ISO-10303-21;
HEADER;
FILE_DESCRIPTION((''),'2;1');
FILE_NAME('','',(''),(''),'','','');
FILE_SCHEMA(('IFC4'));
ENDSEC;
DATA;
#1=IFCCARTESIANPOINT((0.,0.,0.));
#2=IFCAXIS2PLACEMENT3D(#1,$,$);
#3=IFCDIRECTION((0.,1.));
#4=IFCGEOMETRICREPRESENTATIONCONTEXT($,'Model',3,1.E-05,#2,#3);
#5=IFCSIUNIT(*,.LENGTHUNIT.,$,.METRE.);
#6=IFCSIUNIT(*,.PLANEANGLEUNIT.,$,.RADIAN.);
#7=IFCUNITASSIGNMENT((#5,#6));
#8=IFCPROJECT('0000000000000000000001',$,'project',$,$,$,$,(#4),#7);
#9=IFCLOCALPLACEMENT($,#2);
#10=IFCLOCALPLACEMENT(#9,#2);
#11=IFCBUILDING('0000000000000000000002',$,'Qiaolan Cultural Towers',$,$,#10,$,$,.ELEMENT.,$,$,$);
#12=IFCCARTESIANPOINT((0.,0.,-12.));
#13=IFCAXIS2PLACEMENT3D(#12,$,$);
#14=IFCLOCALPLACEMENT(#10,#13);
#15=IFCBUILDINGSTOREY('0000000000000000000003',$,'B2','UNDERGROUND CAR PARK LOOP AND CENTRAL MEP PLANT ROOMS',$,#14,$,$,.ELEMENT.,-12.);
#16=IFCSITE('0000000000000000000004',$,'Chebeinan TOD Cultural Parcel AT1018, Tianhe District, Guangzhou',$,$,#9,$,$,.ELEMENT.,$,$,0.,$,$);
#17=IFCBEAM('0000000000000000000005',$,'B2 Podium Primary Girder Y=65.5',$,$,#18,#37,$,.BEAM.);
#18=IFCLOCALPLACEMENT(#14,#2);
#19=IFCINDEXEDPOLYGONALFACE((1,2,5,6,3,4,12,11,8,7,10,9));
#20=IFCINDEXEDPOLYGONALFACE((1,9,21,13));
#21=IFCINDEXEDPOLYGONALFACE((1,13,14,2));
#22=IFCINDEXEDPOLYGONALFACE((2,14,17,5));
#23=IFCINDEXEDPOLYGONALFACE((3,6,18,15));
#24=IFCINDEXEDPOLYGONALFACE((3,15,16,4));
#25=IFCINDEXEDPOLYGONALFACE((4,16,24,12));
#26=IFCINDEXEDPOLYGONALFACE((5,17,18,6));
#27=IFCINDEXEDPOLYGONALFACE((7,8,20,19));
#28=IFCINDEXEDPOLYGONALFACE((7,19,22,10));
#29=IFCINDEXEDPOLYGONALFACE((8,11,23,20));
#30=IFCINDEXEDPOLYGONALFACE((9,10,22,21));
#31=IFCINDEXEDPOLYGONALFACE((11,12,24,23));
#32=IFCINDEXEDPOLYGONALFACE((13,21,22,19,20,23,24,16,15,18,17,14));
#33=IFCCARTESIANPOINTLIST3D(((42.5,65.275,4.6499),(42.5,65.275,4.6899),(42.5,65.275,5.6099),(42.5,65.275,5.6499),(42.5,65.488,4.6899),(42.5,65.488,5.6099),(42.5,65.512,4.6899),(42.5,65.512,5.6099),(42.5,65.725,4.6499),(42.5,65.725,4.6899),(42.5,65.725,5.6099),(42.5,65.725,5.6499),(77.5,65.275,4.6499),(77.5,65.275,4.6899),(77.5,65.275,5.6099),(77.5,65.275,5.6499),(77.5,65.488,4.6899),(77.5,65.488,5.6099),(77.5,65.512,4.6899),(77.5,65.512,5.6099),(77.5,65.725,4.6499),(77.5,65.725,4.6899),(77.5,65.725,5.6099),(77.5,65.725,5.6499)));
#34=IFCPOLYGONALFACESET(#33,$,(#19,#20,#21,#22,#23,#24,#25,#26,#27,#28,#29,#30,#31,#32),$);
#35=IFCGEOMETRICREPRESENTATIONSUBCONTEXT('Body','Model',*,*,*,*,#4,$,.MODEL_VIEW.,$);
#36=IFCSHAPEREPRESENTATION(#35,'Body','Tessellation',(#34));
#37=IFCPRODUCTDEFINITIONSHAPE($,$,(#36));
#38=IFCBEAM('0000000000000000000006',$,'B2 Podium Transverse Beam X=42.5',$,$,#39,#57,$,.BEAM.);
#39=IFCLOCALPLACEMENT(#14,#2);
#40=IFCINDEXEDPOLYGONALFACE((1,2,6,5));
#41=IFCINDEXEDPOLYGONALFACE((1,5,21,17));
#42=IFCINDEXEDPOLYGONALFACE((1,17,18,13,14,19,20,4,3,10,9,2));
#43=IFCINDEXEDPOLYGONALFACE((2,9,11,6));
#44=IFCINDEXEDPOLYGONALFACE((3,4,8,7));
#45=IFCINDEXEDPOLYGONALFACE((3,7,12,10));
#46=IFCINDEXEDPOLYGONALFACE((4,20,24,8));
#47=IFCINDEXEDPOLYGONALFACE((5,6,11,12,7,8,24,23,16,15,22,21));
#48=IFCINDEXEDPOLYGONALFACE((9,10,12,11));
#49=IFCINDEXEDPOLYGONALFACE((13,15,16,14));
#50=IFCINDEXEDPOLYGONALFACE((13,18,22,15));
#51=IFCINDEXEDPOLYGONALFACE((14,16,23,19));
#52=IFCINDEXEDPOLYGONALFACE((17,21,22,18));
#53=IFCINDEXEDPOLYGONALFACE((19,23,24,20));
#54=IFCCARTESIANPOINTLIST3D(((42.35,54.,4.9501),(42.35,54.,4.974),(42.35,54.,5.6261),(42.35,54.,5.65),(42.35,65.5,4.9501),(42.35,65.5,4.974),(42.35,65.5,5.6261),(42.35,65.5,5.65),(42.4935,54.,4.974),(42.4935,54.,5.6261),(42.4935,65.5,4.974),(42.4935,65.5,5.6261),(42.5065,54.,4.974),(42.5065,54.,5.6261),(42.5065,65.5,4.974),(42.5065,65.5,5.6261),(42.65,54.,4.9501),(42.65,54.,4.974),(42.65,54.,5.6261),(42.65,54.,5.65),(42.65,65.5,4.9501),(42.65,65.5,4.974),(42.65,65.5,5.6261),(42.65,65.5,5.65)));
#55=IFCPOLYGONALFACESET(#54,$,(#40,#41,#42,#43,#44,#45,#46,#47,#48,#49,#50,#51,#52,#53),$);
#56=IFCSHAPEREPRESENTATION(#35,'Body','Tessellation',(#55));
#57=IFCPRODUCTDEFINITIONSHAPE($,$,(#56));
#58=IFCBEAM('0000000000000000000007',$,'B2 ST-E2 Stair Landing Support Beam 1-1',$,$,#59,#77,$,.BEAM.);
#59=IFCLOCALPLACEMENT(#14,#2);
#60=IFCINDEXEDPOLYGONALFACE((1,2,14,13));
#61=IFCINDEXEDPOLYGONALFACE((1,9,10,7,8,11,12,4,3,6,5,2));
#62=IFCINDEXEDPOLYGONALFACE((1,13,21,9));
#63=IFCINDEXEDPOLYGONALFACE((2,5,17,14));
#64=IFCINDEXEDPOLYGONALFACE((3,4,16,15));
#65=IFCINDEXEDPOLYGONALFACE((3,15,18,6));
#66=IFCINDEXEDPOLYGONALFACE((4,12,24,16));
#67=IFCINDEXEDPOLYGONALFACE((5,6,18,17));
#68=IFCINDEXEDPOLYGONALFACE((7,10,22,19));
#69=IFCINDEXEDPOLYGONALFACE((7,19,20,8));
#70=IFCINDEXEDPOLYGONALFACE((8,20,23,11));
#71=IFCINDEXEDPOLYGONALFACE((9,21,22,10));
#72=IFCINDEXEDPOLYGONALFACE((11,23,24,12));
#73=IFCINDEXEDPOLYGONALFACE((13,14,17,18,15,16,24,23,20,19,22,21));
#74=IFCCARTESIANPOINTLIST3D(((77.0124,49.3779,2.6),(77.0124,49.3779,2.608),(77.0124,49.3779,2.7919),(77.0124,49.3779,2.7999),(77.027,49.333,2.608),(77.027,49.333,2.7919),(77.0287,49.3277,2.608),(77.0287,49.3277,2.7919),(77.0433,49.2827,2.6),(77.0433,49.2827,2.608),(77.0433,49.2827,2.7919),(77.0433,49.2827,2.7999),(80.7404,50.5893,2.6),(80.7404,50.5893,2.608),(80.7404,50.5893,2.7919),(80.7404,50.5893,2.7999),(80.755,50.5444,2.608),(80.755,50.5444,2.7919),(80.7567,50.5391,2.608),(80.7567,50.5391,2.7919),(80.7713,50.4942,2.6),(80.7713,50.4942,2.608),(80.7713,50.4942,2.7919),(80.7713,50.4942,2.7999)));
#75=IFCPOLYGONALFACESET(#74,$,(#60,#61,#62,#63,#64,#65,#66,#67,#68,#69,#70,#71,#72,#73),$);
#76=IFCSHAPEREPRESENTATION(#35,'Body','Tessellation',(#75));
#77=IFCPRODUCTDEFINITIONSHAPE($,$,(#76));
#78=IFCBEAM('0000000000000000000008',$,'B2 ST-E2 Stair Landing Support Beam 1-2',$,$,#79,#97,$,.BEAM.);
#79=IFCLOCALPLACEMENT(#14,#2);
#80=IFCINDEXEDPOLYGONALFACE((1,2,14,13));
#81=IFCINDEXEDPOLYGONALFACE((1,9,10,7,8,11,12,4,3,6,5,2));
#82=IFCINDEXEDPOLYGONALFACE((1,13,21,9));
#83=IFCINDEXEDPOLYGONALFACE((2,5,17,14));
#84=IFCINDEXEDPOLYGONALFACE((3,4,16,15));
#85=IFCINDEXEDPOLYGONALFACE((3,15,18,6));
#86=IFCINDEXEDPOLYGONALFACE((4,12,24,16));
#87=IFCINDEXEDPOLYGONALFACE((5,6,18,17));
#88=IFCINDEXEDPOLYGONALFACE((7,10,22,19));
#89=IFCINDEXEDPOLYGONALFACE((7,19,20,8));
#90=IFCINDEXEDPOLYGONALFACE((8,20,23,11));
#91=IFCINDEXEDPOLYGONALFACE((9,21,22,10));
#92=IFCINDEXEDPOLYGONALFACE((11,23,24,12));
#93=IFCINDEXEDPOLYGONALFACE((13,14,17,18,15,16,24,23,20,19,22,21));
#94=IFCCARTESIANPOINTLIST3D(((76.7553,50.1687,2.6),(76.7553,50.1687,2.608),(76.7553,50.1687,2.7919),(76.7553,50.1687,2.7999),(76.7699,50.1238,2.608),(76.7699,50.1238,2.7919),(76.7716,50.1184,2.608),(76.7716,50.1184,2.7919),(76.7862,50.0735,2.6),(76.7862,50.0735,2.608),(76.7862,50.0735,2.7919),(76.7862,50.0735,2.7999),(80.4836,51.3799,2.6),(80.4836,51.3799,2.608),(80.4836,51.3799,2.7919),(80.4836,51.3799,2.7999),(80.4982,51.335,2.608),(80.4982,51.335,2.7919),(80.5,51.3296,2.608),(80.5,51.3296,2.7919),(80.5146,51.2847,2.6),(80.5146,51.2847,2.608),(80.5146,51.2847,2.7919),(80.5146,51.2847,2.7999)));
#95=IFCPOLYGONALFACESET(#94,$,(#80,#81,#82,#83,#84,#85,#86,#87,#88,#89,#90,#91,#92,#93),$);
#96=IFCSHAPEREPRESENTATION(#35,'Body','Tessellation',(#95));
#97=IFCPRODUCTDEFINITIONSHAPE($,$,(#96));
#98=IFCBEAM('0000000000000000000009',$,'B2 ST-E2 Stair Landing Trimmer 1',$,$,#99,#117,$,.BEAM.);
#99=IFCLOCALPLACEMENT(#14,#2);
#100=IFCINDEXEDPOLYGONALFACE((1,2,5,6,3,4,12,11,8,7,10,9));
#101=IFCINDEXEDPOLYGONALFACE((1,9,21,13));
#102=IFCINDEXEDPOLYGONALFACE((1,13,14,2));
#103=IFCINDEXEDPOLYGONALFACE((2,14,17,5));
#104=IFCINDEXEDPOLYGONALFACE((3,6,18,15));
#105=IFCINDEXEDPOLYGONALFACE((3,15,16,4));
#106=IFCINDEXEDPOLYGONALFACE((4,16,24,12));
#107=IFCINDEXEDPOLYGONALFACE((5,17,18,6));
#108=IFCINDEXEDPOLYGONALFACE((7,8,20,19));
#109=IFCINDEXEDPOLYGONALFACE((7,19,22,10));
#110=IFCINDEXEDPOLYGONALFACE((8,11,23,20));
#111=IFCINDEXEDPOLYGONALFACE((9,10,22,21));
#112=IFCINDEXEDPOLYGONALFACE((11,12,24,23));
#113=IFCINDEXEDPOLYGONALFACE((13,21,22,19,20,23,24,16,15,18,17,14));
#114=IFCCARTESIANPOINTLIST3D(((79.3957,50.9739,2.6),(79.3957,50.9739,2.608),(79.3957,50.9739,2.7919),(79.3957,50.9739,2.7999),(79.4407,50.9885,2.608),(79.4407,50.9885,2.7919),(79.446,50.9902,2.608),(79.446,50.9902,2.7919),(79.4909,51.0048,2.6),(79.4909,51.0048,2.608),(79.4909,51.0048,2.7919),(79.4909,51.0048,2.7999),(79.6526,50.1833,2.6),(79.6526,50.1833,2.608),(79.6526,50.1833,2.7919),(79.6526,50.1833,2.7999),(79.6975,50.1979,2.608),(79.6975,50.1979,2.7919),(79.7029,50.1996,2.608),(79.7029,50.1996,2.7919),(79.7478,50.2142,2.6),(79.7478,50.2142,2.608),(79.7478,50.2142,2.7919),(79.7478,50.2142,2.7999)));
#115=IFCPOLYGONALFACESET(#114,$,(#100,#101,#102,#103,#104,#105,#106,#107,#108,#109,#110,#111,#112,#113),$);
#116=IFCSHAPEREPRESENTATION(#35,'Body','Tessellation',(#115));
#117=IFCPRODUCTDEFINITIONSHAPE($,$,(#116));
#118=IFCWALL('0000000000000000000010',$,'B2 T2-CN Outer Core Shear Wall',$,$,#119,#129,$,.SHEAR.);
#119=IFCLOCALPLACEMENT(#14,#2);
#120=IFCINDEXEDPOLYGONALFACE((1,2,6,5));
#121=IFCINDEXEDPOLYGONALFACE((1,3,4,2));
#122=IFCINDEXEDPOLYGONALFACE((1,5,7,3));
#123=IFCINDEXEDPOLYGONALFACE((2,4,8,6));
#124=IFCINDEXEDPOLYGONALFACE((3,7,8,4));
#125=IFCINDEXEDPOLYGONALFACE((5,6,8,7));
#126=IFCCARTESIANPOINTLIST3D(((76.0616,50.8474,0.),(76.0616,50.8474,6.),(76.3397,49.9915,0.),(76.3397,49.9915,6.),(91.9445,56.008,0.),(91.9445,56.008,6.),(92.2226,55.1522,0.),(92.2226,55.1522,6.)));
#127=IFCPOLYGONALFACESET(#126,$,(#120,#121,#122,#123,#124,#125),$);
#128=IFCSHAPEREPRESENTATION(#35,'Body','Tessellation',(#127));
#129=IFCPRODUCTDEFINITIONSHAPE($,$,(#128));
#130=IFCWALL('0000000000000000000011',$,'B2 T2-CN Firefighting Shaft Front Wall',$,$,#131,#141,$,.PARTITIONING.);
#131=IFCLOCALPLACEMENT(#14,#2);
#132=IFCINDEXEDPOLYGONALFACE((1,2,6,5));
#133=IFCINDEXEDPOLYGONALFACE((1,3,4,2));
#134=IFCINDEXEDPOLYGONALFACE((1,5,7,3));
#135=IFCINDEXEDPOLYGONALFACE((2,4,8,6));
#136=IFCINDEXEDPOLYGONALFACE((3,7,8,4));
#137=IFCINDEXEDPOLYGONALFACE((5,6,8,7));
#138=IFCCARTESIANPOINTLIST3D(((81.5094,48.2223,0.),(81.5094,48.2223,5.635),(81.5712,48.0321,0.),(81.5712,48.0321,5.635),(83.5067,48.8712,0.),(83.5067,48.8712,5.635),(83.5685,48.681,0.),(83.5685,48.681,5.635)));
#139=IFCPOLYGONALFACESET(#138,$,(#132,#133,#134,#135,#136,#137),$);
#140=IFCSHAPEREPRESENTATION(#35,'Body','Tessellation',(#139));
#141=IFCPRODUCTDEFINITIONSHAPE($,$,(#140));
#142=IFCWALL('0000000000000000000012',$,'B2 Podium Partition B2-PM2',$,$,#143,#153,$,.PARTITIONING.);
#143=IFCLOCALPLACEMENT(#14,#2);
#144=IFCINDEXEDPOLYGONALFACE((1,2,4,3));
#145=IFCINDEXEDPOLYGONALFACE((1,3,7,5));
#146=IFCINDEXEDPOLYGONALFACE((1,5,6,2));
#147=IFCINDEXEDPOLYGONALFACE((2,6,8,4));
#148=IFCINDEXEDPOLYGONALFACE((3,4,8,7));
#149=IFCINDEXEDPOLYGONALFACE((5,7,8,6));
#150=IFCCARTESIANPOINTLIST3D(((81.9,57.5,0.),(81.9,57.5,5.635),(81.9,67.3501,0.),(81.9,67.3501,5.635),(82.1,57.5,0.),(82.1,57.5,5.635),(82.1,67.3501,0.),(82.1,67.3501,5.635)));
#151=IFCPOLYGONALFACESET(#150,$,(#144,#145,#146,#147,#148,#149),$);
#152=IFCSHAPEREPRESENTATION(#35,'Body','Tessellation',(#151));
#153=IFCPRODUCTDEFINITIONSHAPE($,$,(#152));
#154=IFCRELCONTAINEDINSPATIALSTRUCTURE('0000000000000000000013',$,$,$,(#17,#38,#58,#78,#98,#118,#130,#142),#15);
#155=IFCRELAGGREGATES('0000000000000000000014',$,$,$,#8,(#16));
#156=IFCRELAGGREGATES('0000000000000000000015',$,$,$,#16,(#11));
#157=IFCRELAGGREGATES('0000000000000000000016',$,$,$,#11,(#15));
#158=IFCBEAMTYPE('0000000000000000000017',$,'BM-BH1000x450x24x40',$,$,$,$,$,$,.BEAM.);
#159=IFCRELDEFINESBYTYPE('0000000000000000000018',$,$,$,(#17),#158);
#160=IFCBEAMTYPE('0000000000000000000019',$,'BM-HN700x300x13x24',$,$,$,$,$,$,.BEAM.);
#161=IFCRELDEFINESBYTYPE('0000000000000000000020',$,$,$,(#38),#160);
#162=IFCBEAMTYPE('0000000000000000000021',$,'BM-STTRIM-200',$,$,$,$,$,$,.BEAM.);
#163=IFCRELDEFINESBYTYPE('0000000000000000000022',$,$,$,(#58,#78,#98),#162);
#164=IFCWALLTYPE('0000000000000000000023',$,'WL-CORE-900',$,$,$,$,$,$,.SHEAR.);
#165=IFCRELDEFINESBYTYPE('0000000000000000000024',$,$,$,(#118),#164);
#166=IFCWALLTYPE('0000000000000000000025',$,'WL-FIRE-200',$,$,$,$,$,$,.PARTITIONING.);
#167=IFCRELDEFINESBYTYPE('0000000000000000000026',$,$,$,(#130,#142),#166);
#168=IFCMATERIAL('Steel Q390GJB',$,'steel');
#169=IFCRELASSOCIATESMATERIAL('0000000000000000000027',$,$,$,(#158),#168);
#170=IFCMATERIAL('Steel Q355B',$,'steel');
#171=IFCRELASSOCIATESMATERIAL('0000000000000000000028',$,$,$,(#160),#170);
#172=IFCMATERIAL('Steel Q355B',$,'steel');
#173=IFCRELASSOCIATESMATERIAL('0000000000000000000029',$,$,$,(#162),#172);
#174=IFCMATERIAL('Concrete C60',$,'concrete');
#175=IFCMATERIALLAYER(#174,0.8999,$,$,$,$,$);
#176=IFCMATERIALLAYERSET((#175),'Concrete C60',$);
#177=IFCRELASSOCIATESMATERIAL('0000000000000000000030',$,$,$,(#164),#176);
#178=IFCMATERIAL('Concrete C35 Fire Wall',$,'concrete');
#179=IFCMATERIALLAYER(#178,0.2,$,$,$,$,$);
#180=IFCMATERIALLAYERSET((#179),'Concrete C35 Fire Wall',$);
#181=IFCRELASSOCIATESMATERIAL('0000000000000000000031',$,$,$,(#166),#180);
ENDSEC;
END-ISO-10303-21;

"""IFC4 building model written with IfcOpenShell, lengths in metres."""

from ifc_helpers import new_model, si_unit, direction, frame, frame_2d, origin, origin_2d, place, context, subcontext, project, spatial, rectangle, i_section, extrude, material, layer, layer_set, material_profile, profile_set, type_object, element, save


model = new_model("IFC4")

# Units and contexts
model_context = context("Model", 3, precision=1e-05, world=origin(), true_north=direction((0.0, 1.0)))
body_context = subcontext(model_context, "Body", "Model", "MODEL_VIEW")
ifc_project = project(units=[si_unit("LENGTHUNIT", "METRE"), si_unit("PLANEANGLEUNIT", "RADIAN")], contexts=[model_context])

# Site, building, storey
site_placement = place(None, origin())
site = spatial("IfcSite", under=ifc_project, at=site_placement, Name="Chebeinan TOD Cultural Parcel AT1018, Tianhe District, Guangzhou", CompositionType="ELEMENT", RefElevation=0.0)
building_placement = place(site_placement, origin())
building = spatial("IfcBuilding", under=site, at=building_placement, Name="Qiaolan Cultural Towers", CompositionType="ELEMENT")
storey_placement = place(building_placement, frame((0.0, 0.0, -12.0)))
storey = spatial("IfcBuildingStorey", under=building, at=storey_placement, Name="B2", Description="UNDERGROUND CAR PARK LOOP AND CENTRAL MEP PLANT ROOMS", CompositionType="ELEMENT", Elevation=-12.0)

# Beams
ifc_material_1 = material(Name="Steel Q390GJB", Category="steel")
ifc_material_profile_1 = material_profile(ifc_material_1, i_section(OverallWidth=0.45, OverallDepth=1.0, WebThickness=0.0239, FlangeThickness=0.04, at=origin_2d()), Name="BH1000x450x24x40")
ifc_profile_set_1 = profile_set([ifc_material_profile_1], Name="Steel Q390GJB")
beam_type_1 = type_object("IfcBeamType", Name="BM-BH1000x450x24x40", PredefinedType="BEAM", material=ifc_profile_set_1)
beam_1_placement = place(storey_placement, frame((42.5, 65.5, 5.1499), z_axis=(1.0, 0.0, 0.0), x_axis=(0.0, 1.0, 0.0)))
element("IfcBeam", 1, at=beam_1_placement, inside=storey, type_object=beam_type_1, Name="B2 Podium Primary Girder Y=65.5", PredefinedType="BEAM", context=body_context, shape_type="SweptSolid", body=[
    extrude(i_section(OverallWidth=0.45, OverallDepth=1.0, WebThickness=0.0239, FlangeThickness=0.04, at=origin_2d()), origin(), (0.0, 0.0, 1.0), 35.0),
])
ifc_material_2 = material(Name="Steel Q355B", Category="steel")
ifc_material_profile_2 = material_profile(ifc_material_2, i_section(OverallWidth=0.3, OverallDepth=0.7, WebThickness=0.0129, FlangeThickness=0.0239, at=origin_2d()), Name="HN700x300x13x24")
ifc_profile_set_2 = profile_set([ifc_material_profile_2], Name="Steel Q355B")
beam_type_2 = type_object("IfcBeamType", Name="BM-HN700x300x13x24", PredefinedType="BEAM", material=ifc_profile_set_2)
beam_2_placement = place(storey_placement, frame((42.5, 54.0, 5.3), z_axis=(0.0, 1.0, 0.0), x_axis=(-1.0, 0.0, 0.0)))
element("IfcBeam", 2, at=beam_2_placement, inside=storey, type_object=beam_type_2, Name="B2 Podium Transverse Beam X=42.5", PredefinedType="BEAM", context=body_context, shape_type="SweptSolid", body=[
    extrude(i_section(OverallWidth=0.3, OverallDepth=0.7, WebThickness=0.0129, FlangeThickness=0.0239, at=origin_2d()), origin(), (0.0, 0.0, 1.0), 11.5),
])
ifc_material_3 = material(Name="Steel Q355B", Category="steel")
ifc_material_profile_3 = material_profile(ifc_material_3, i_section(OverallWidth=0.1001, OverallDepth=0.2, WebThickness=0.0056, FlangeThickness=0.0081, at=origin_2d()), Name="HN200x100x5.5x8")
ifc_profile_set_3 = profile_set([ifc_material_profile_3], Name="Steel Q355B")
beam_type_3 = type_object("IfcBeamType", Name="BM-STTRIM-200", PredefinedType="BEAM", material=ifc_profile_set_3)
beam_3_placement = place(storey_placement, frame((77.0278, 49.3303, 2.7), z_axis=(0.951048, 0.309044, 0.0), x_axis=(-0.309044, 0.951048, 0.0)))
element("IfcBeam", 3, at=beam_3_placement, inside=storey, type_object=beam_type_3, Name="B2 ST-E2 Stair Landing Support Beam 1-1", PredefinedType="BEAM", context=body_context, shape_type="SweptSolid", body=[
    extrude(i_section(OverallWidth=0.1001, OverallDepth=0.2, WebThickness=0.0056, FlangeThickness=0.0081, at=origin_2d()), origin(), (0.0, 0.0, 1.0), 3.9199),
])
beam_4_placement = place(storey_placement, frame((76.7708, 50.1211, 2.7), z_axis=(0.951072, 0.308969, 0.0), x_axis=(-0.308969, 0.951072, 0.0)))
element("IfcBeam", 4, at=beam_4_placement, inside=storey, type_object=beam_type_3, Name="B2 ST-E2 Stair Landing Support Beam 1-2", PredefinedType="BEAM", context=body_context, shape_type="SweptSolid", body=[
    extrude(i_section(OverallWidth=0.1001, OverallDepth=0.2, WebThickness=0.0056, FlangeThickness=0.0081, at=origin_2d()), origin(), (0.0, 0.0, 1.0), 3.9202),
])
beam_5_placement = place(storey_placement, frame((79.7002, 50.1987, 2.7), z_axis=(-0.308993, 0.951064, 0.0), x_axis=(-0.951064, -0.308993, 0.0)))
element("IfcBeam", 5, at=beam_5_placement, inside=storey, type_object=beam_type_3, Name="B2 ST-E2 Stair Landing Trimmer 1", PredefinedType="BEAM", context=body_context, shape_type="SweptSolid", body=[
    extrude(i_section(OverallWidth=0.1001, OverallDepth=0.2, WebThickness=0.0056, FlangeThickness=0.0081, at=origin_2d()), origin(), (0.0, 0.0, 1.0), 0.8313),
])

# Walls
ifc_material_4 = material(Name="Concrete C60", Category="concrete")
ifc_layer_1 = layer(ifc_material_4, 0.8999)
ifc_layer_set_1 = layer_set([ifc_layer_1], Name="Concrete C60")
wall_type_1 = type_object("IfcWallType", Name="WL-CORE-900", PredefinedType="SHEAR", material=ifc_layer_set_1)
wall_1_placement = place(storey_placement, frame((76.2007, 50.4194, 0.0), z_axis=(0.0, 0.0, 1.0), x_axis=(0.951056, 0.309017, 0.0)))
element("IfcWall", 6, at=wall_1_placement, inside=storey, type_object=wall_type_1, Name="B2 T2-CN Outer Core Shear Wall", PredefinedType="SHEAR", context=body_context, shape_type="SweptSolid", body=[
    extrude(rectangle(XDim=16.7002, YDim=0.8999, at=frame_2d((8.3501, 0.0))), origin(), (0.0, 0.0, 1.0), 6.0),
])
ifc_material_5 = material(Name="Concrete C35 Fire Wall", Category="concrete")
ifc_layer_2 = layer(ifc_material_5, 0.2)
ifc_layer_set_2 = layer_set([ifc_layer_2], Name="Concrete C35 Fire Wall")
wall_type_2 = type_object("IfcWallType", Name="WL-FIRE-200", PredefinedType="PARTITIONING", material=ifc_layer_set_2)
wall_2_placement = place(storey_placement, frame((81.5403, 48.1272, 0.0), z_axis=(0.0, 0.0, 1.0), x_axis=(0.951062, 0.308999, 0.0)))
element("IfcWall", 7, at=wall_2_placement, inside=storey, type_object=wall_type_2, Name="B2 T2-CN Firefighting Shaft Front Wall", PredefinedType="PARTITIONING", context=body_context, shape_type="SweptSolid", body=[
    extrude(rectangle(XDim=2.1001, YDim=0.2, at=frame_2d((1.05, 0.0))), origin(), (0.0, 0.0, 1.0), 5.635),
])
wall_3_placement = place(storey_placement, frame((82.0, 57.5, 0.0), z_axis=(0.0, 0.0, 1.0), x_axis=(0.0, 1.0, 0.0)))
element("IfcWall", 8, at=wall_3_placement, inside=storey, type_object=wall_type_2, Name="B2 Podium Partition B2-PM2", PredefinedType="PARTITIONING", context=body_context, shape_type="SweptSolid", body=[
    extrude(rectangle(XDim=9.8501, YDim=0.2, at=frame_2d((4.925, 0.0))), origin(), (0.0, 0.0, 1.0), 5.635),
])

save(model, "model.ifc")
